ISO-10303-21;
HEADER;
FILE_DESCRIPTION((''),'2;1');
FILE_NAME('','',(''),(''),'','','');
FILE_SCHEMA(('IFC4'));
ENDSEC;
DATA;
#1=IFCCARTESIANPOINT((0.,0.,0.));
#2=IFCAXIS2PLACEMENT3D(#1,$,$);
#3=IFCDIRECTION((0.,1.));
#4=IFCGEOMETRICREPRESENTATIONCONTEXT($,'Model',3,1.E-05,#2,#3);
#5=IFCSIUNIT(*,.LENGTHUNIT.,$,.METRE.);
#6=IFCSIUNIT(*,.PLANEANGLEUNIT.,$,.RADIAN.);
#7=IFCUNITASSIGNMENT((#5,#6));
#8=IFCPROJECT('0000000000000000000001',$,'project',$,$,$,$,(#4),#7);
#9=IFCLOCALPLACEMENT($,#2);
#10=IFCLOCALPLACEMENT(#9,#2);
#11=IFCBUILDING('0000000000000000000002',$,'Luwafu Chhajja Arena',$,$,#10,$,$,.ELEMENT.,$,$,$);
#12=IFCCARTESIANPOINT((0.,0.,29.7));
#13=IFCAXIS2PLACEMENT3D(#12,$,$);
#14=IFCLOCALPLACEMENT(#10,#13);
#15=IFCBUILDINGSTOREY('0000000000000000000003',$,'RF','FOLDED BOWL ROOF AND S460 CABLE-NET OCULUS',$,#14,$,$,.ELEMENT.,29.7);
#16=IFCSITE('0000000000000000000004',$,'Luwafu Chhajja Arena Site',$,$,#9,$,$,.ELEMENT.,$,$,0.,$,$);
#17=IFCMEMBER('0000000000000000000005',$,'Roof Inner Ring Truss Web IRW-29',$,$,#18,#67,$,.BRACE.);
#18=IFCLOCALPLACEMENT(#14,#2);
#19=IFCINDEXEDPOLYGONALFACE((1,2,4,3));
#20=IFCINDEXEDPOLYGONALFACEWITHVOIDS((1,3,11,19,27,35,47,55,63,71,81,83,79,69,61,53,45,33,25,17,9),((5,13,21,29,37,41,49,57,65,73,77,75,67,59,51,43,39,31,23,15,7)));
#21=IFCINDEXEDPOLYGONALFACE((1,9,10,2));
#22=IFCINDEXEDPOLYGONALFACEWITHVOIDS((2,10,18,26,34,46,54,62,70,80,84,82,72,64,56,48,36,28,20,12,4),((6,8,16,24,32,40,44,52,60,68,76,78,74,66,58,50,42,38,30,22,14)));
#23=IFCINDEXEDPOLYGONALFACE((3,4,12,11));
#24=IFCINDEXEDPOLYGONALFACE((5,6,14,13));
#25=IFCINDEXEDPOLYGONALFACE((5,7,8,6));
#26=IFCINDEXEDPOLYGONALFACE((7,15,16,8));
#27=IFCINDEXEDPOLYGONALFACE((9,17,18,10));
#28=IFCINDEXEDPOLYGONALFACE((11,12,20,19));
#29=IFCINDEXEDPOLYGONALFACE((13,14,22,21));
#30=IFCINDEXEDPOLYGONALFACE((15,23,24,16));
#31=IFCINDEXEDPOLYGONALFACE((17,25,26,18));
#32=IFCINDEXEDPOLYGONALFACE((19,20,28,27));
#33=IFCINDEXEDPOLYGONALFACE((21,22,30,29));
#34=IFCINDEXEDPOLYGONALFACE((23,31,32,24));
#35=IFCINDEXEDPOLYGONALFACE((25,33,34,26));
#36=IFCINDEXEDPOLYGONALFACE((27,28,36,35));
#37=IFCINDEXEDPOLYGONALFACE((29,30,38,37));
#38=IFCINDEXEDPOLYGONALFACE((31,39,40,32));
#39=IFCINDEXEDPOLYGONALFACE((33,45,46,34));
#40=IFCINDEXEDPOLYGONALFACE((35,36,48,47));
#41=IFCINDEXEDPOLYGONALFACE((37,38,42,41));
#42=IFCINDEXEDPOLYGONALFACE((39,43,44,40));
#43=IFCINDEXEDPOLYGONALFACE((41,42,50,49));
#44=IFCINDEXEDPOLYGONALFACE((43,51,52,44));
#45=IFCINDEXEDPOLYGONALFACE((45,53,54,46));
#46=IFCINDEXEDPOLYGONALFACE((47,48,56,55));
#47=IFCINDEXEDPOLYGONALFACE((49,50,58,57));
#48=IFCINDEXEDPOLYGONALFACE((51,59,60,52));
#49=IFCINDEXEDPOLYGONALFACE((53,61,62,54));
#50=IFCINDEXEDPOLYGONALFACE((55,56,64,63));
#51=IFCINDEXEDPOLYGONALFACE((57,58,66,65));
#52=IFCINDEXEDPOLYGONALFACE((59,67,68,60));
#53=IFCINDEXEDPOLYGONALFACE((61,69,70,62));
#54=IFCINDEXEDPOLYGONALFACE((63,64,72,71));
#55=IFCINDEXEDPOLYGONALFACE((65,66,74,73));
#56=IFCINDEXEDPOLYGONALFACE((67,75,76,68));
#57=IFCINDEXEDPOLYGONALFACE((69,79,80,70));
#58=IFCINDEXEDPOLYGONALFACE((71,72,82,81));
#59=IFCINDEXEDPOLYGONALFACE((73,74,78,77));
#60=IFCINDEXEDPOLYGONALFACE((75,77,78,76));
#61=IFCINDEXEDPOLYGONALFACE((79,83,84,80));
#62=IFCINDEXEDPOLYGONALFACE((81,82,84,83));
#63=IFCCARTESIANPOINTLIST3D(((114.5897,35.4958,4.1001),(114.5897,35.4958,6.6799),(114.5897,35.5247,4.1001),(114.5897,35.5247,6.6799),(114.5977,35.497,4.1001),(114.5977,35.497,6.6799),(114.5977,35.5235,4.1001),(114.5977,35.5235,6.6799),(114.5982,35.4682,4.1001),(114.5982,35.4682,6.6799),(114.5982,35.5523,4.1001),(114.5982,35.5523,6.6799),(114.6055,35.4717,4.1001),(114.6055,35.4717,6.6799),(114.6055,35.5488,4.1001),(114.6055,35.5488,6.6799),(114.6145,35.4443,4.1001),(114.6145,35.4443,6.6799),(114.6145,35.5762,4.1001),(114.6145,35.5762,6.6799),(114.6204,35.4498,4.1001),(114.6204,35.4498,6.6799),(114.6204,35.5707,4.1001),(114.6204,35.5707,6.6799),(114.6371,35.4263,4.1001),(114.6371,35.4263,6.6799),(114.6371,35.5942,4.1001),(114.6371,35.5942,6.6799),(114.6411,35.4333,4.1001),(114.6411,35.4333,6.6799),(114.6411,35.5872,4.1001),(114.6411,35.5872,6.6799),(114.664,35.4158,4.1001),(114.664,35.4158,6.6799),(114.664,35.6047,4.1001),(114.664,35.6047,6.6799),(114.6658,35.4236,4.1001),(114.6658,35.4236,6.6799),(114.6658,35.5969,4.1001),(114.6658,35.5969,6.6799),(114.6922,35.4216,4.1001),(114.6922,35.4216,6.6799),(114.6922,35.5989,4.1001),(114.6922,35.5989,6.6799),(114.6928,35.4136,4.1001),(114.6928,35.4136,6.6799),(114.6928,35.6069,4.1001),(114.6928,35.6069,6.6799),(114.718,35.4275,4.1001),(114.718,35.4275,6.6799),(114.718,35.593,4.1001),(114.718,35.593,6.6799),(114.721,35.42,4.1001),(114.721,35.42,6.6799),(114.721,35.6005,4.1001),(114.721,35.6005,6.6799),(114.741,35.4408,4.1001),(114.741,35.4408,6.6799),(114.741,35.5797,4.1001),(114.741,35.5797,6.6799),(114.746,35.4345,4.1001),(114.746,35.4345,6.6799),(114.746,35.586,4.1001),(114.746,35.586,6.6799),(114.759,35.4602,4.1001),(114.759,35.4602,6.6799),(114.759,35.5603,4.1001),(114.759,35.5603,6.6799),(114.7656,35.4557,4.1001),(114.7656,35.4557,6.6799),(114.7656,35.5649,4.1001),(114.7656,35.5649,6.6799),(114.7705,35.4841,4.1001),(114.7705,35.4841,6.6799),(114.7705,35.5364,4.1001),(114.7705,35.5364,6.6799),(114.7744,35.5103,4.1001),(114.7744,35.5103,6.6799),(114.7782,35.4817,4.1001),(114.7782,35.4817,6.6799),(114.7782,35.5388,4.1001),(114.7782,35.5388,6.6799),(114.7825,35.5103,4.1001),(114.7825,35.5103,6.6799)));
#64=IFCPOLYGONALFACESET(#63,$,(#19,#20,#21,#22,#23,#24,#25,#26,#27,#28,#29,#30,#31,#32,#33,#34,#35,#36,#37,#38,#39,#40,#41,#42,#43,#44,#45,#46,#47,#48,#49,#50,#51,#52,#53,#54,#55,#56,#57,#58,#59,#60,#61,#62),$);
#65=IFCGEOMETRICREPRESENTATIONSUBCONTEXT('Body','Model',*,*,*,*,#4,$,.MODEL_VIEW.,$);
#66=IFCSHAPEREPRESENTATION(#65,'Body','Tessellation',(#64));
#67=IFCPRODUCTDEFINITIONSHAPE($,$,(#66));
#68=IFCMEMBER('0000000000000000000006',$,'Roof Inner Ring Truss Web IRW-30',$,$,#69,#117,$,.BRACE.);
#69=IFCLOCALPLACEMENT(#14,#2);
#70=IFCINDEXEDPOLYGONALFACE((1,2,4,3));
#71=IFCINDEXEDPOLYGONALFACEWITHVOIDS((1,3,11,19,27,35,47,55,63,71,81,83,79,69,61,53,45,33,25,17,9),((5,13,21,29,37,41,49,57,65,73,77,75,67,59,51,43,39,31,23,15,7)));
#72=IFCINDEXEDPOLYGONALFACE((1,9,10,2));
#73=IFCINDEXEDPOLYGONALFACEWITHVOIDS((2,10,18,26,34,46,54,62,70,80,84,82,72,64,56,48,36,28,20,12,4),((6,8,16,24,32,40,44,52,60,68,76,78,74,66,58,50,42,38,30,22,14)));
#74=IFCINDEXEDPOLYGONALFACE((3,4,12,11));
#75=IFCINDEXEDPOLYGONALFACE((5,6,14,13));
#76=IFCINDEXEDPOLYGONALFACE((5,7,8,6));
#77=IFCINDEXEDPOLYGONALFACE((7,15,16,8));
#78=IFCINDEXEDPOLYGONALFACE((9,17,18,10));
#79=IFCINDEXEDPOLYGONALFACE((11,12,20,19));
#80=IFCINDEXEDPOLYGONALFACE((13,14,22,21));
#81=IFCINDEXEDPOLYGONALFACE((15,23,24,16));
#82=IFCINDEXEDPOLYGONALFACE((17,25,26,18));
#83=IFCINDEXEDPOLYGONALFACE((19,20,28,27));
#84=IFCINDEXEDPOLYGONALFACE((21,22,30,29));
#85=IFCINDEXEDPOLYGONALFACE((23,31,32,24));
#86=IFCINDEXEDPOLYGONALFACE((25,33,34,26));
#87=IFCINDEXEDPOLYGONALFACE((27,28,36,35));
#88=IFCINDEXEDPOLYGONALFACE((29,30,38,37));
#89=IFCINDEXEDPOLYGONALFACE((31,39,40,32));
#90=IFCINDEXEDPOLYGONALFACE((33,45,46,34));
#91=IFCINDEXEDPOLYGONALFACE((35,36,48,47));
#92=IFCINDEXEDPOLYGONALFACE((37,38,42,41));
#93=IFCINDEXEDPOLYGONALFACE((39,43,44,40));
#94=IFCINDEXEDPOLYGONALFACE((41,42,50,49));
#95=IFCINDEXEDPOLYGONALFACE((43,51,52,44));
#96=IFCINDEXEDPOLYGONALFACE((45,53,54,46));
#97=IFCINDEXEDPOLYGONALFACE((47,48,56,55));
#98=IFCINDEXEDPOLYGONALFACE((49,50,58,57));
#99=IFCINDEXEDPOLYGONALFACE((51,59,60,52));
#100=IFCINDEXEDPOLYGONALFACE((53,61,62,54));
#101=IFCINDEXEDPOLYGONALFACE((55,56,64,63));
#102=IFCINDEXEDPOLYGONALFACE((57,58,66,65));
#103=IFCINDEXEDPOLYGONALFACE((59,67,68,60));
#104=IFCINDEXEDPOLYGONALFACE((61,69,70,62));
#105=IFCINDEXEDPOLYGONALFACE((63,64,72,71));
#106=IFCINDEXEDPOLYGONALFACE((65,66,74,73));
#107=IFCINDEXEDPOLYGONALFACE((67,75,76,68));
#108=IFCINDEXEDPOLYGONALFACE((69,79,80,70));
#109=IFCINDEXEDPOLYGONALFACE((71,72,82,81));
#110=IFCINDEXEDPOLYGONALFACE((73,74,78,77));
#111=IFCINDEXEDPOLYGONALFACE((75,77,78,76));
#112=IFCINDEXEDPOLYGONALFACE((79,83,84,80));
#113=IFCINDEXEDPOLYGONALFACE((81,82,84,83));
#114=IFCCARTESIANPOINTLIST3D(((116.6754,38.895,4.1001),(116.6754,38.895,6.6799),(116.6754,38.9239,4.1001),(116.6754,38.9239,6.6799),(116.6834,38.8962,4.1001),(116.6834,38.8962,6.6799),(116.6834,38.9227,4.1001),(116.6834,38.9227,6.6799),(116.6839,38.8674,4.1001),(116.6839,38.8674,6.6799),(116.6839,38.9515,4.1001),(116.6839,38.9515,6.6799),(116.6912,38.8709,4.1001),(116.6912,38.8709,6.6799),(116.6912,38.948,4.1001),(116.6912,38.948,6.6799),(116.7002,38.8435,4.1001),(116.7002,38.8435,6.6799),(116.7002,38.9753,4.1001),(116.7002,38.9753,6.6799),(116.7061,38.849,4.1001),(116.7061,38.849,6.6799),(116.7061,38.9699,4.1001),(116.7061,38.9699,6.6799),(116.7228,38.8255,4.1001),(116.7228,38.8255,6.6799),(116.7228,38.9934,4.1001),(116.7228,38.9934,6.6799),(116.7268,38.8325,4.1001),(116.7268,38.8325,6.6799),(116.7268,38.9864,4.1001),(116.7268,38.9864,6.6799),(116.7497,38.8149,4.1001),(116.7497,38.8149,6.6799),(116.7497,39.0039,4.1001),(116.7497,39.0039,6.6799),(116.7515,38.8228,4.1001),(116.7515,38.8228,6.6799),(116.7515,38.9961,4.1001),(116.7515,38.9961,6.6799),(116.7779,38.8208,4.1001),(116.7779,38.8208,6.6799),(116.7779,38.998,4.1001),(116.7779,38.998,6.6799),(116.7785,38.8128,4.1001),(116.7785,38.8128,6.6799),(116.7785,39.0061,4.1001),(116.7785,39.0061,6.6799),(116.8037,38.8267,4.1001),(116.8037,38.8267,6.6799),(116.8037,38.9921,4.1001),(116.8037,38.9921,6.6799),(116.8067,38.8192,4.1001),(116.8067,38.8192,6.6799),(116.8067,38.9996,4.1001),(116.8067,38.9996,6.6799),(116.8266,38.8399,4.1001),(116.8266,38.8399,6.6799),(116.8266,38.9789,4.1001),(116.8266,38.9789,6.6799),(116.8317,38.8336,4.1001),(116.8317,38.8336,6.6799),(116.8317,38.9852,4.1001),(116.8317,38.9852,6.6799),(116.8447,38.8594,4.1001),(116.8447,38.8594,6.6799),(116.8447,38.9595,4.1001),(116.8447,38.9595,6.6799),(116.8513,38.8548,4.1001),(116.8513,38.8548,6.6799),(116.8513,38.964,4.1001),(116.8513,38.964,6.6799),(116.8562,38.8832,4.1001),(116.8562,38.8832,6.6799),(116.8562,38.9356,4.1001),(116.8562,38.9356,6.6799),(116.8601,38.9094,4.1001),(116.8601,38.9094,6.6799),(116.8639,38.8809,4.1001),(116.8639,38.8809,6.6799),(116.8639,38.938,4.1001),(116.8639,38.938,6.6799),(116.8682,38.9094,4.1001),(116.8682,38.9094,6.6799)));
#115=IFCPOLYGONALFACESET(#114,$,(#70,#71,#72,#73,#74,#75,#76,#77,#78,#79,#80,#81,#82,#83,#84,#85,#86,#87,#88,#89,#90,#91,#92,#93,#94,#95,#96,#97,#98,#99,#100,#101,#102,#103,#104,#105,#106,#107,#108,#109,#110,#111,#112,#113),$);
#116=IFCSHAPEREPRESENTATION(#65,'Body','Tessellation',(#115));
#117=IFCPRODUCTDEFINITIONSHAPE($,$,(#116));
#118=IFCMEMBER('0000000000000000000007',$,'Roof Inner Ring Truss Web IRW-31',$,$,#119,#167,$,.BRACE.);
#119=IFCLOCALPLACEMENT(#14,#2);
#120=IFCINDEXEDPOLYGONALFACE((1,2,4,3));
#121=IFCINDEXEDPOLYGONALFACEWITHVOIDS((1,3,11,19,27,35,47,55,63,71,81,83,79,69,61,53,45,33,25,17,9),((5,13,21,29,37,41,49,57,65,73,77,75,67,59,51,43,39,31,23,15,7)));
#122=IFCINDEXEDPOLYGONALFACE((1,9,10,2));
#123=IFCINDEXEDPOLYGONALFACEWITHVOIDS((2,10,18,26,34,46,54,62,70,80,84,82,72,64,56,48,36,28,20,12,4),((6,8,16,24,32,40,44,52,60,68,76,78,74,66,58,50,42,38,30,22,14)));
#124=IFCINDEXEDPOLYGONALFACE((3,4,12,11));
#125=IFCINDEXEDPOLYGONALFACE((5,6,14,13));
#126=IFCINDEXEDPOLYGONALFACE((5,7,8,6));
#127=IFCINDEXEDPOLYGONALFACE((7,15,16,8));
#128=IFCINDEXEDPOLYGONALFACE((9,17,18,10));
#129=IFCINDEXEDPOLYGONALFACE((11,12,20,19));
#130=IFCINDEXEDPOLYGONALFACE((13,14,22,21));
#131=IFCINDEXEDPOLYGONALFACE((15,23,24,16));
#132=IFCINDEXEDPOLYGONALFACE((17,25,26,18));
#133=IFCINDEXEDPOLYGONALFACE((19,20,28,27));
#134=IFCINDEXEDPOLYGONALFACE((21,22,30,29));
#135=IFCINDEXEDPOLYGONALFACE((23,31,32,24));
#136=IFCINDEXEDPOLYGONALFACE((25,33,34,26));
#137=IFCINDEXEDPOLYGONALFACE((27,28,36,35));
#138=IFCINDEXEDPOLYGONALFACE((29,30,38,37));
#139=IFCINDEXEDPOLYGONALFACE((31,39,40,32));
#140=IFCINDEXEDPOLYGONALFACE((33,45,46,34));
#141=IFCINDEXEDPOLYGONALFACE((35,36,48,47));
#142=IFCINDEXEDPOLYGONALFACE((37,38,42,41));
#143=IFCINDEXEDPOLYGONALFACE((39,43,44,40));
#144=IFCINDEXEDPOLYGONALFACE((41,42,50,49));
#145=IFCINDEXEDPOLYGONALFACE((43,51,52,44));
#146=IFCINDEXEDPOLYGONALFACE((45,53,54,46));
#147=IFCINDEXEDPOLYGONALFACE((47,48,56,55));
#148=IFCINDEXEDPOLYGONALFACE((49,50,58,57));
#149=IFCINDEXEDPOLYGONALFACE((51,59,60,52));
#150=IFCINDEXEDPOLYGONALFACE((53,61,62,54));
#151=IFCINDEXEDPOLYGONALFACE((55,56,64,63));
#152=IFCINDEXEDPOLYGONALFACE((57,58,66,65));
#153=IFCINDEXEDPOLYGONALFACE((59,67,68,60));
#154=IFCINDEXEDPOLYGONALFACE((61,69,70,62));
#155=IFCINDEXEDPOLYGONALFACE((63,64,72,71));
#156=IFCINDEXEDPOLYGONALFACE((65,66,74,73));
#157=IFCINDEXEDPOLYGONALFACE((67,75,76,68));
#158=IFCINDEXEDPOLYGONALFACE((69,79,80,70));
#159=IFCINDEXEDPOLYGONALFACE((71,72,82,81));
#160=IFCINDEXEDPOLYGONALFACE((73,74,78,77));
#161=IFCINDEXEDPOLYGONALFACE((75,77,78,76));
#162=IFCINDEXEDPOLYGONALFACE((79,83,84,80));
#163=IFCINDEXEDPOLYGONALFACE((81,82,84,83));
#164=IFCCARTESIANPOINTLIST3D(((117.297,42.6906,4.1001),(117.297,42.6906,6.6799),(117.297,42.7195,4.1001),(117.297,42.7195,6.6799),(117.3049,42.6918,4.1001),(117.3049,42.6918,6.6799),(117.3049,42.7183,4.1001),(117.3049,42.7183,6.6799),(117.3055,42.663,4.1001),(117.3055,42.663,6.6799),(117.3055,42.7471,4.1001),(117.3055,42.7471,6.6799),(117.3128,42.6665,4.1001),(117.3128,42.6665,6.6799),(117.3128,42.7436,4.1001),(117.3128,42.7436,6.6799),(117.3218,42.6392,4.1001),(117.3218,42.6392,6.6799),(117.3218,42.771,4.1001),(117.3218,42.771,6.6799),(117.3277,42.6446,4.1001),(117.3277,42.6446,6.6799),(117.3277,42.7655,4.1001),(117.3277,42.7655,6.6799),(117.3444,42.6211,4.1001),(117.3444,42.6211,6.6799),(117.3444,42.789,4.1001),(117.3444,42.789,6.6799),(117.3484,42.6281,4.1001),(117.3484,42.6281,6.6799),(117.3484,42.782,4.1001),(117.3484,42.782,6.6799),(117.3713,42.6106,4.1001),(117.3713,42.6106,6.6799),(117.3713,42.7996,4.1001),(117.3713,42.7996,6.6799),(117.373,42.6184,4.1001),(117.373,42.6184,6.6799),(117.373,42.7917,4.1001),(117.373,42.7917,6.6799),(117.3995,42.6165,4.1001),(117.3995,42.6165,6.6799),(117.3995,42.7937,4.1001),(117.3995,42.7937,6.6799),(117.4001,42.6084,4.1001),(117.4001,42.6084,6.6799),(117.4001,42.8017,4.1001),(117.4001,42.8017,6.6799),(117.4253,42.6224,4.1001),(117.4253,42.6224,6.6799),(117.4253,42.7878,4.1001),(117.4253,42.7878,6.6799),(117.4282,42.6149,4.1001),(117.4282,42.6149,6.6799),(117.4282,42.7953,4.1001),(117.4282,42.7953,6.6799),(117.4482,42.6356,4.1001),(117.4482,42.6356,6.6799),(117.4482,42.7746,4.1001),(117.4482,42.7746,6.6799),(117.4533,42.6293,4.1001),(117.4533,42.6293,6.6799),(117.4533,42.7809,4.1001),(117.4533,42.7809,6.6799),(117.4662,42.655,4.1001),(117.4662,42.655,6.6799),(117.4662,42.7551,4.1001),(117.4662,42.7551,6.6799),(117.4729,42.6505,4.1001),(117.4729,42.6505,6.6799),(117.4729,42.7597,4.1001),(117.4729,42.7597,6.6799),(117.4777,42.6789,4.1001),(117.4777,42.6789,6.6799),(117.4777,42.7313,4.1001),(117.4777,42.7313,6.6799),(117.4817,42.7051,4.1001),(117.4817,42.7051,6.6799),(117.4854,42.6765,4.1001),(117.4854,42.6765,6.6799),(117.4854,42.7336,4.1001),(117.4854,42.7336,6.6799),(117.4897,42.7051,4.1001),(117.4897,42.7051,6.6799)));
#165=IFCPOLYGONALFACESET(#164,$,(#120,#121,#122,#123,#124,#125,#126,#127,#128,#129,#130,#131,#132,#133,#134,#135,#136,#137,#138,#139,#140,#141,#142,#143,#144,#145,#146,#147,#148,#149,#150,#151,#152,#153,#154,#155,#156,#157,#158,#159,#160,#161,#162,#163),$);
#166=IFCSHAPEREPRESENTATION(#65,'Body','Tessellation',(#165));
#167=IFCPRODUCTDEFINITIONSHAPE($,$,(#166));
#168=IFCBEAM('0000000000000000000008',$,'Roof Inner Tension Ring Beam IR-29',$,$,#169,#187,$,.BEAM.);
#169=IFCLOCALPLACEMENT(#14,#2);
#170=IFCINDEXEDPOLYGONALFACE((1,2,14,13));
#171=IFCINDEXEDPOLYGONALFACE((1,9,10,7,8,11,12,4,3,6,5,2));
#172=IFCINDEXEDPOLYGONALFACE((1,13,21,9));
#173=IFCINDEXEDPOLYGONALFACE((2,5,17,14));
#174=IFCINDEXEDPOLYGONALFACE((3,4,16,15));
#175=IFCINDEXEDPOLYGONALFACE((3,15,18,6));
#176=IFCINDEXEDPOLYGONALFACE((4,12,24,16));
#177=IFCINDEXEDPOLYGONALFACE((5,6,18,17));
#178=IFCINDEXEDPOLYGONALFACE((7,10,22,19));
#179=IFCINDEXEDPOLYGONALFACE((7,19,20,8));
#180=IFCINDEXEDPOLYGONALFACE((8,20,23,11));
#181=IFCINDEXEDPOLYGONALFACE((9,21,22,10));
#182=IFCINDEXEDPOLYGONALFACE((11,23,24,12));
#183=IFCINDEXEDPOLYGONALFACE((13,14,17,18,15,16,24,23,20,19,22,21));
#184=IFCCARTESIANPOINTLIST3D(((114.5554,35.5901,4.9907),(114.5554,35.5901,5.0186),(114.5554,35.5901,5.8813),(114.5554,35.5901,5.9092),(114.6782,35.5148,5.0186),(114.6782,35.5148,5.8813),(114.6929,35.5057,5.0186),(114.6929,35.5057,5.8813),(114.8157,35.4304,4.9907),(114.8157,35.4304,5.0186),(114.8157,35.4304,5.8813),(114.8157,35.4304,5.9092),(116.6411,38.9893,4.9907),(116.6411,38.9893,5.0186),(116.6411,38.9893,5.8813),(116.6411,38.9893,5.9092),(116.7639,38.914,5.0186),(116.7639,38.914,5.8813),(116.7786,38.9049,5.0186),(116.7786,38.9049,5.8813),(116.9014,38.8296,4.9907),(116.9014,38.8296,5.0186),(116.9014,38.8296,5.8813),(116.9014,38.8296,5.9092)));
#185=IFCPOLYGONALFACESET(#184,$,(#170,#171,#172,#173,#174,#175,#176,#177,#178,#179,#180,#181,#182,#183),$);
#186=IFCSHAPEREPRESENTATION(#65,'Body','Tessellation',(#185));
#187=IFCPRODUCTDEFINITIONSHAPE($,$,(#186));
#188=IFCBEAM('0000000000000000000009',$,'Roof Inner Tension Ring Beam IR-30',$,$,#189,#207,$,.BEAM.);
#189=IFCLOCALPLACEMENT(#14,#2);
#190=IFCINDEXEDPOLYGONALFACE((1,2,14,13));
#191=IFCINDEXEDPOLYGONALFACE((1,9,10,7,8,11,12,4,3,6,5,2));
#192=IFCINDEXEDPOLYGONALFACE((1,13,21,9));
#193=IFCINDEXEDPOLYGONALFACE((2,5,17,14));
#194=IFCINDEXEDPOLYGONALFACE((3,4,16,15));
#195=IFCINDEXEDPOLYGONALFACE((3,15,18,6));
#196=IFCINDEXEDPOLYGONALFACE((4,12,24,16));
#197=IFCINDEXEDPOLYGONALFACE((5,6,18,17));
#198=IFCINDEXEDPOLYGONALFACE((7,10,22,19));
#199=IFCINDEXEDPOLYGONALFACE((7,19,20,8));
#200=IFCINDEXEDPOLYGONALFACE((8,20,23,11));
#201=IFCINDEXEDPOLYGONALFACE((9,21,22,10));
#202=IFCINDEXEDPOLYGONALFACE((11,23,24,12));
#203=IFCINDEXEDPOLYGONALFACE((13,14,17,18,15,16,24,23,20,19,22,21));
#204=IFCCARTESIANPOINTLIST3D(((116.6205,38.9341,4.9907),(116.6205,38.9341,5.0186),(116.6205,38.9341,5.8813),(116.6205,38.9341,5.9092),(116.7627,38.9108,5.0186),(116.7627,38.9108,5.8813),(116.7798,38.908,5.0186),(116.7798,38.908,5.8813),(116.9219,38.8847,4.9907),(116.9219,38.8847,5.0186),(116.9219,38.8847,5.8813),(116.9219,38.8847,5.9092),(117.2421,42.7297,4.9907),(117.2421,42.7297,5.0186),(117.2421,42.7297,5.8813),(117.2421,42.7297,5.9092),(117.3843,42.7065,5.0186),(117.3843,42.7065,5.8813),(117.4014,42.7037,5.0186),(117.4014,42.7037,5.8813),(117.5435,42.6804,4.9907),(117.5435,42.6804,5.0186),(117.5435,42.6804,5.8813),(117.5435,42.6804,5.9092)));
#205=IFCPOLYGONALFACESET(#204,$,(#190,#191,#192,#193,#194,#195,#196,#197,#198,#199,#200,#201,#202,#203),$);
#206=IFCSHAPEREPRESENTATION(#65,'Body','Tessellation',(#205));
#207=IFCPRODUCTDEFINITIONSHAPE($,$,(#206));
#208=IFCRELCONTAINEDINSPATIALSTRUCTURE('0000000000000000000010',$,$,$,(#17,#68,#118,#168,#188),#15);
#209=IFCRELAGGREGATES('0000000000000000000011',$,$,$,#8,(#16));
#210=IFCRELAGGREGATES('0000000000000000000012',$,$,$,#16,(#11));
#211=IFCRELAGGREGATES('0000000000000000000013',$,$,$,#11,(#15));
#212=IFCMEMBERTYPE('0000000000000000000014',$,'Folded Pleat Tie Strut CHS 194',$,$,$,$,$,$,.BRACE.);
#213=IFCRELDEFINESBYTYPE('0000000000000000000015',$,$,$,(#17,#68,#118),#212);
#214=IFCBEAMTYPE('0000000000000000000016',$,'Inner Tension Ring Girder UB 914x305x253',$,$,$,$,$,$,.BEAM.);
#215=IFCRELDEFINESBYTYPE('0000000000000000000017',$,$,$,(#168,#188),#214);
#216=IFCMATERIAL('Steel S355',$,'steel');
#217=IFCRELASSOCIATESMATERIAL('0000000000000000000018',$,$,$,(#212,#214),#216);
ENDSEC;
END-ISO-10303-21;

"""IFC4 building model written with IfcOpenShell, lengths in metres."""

from ifc_helpers import new_model, si_unit, direction, frame, origin, origin_2d, place, context, subcontext, project, spatial, hollow_circle, i_section, extrude, material, material_profile, profile_set, type_object, element, save


model = new_model("IFC4")

# Units and contexts
model_context = context("Model", 3, precision=1e-05, world=origin(), true_north=direction((0.0, 1.0)))
body_context = subcontext(model_context, "Body", "Model", "MODEL_VIEW")
ifc_project = project(units=[si_unit("LENGTHUNIT", "METRE"), si_unit("PLANEANGLEUNIT", "RADIAN")], contexts=[model_context])

# Site, building, storey
site_placement = place(None, origin())
site = spatial("IfcSite", under=ifc_project, at=site_placement, Name="Luwafu Chhajja Arena Site", CompositionType="ELEMENT", RefElevation=0.0)
building_placement = place(site_placement, origin())
building = spatial("IfcBuilding", under=site, at=building_placement, Name="Luwafu Chhajja Arena", CompositionType="ELEMENT")
storey_placement = place(building_placement, frame((0.0, 0.0, 29.7)))
storey = spatial("IfcBuildingStorey", under=building, at=storey_placement, Name="RF", Description="FOLDED BOWL ROOF AND S460 CABLE-NET OCULUS", CompositionType="ELEMENT", Elevation=29.7)

# Members
ifc_material_1 = material(Name="Steel S355", Category="steel")
ifc_material_profile_1 = material_profile(ifc_material_1, hollow_circle(Radius=0.0969, WallThickness=0.0081, at=origin_2d()), Name="CHS 193.7x8")
ifc_profile_set_1 = profile_set([ifc_material_profile_1], Name="Steel S355")
member_type_1 = type_object("IfcMemberType", Name="Folded Pleat Tie Strut CHS 194", PredefinedType="BRACE", material=ifc_profile_set_1)
for number, where, z_axis, x_axis, name in (
    (1, (114.6855, 35.5103, 4.1001), (0.0, 0.0, 1.0), (1.0, 0.0, 0.0), "Roof Inner Ring Truss Web IRW-29"),
    (2, (116.7712, 38.9094, 4.1001), (0.0, 0.0, 1.0), (1.0, 0.0, 0.0), "Roof Inner Ring Truss Web IRW-30"),
    (3, (117.3928, 42.7051, 4.1001), (0.0, 0.0, 1.0), (1.0, 0.0, 0.0), "Roof Inner Ring Truss Web IRW-31"),
):
    element("IfcMember", number, at=place(storey_placement, frame(where, z_axis=z_axis, x_axis=x_axis)), inside=storey, type_object=member_type_1, Name=name, PredefinedType="BRACE", context=body_context, shape_type="SweptSolid", body=[
        extrude(hollow_circle(Radius=0.0969, WallThickness=0.0081, at=origin_2d()), origin(), (0.0, 0.0, 1.0), 2.5798),
    ])

# Beams
ifc_material_profile_2 = material_profile(ifc_material_1, i_section(OverallWidth=0.3054, OverallDepth=0.9185, WebThickness=0.0173, FlangeThickness=0.0278, at=origin_2d()), Name="UB 914x305x253")
ifc_profile_set_2 = profile_set([ifc_material_profile_2], Name="Steel S355")
beam_type = type_object("IfcBeamType", Name="Inner Tension Ring Girder UB 914x305x253", PredefinedType="BEAM", material=ifc_profile_set_2)
beam_1_placement = place(storey_placement, frame((114.6855, 35.5103, 5.45), z_axis=(0.522987, 0.852341, 0.0), x_axis=(-0.852341, 0.522987, 0.0)))
element("IfcBeam", 4, at=beam_1_placement, inside=storey, type_object=beam_type, Name="Roof Inner Tension Ring Beam IR-29", PredefinedType="BEAM", context=body_context, shape_type="SweptSolid", body=[
    extrude(i_section(OverallWidth=0.3054, OverallDepth=0.9185, WebThickness=0.0173, FlangeThickness=0.0278, at=origin_2d()), origin(), (0.0, 0.0, 1.0), 3.988),
])
beam_2_placement = place(storey_placement, frame((116.7712, 38.9094, 5.45), z_axis=(0.161609, 0.986855, 0.0), x_axis=(-0.986855, 0.161609, 0.0)))
element("IfcBeam", 5, at=beam_2_placement, inside=storey, type_object=beam_type, Name="Roof Inner Tension Ring Beam IR-30", PredefinedType="BEAM", context=body_context, shape_type="SweptSolid", body=[
    extrude(i_section(OverallWidth=0.3054, OverallDepth=0.9185, WebThickness=0.0173, FlangeThickness=0.0278, at=origin_2d()), origin(), (0.0, 0.0, 1.0), 3.8462),
])

save(model, "model.ifc")
